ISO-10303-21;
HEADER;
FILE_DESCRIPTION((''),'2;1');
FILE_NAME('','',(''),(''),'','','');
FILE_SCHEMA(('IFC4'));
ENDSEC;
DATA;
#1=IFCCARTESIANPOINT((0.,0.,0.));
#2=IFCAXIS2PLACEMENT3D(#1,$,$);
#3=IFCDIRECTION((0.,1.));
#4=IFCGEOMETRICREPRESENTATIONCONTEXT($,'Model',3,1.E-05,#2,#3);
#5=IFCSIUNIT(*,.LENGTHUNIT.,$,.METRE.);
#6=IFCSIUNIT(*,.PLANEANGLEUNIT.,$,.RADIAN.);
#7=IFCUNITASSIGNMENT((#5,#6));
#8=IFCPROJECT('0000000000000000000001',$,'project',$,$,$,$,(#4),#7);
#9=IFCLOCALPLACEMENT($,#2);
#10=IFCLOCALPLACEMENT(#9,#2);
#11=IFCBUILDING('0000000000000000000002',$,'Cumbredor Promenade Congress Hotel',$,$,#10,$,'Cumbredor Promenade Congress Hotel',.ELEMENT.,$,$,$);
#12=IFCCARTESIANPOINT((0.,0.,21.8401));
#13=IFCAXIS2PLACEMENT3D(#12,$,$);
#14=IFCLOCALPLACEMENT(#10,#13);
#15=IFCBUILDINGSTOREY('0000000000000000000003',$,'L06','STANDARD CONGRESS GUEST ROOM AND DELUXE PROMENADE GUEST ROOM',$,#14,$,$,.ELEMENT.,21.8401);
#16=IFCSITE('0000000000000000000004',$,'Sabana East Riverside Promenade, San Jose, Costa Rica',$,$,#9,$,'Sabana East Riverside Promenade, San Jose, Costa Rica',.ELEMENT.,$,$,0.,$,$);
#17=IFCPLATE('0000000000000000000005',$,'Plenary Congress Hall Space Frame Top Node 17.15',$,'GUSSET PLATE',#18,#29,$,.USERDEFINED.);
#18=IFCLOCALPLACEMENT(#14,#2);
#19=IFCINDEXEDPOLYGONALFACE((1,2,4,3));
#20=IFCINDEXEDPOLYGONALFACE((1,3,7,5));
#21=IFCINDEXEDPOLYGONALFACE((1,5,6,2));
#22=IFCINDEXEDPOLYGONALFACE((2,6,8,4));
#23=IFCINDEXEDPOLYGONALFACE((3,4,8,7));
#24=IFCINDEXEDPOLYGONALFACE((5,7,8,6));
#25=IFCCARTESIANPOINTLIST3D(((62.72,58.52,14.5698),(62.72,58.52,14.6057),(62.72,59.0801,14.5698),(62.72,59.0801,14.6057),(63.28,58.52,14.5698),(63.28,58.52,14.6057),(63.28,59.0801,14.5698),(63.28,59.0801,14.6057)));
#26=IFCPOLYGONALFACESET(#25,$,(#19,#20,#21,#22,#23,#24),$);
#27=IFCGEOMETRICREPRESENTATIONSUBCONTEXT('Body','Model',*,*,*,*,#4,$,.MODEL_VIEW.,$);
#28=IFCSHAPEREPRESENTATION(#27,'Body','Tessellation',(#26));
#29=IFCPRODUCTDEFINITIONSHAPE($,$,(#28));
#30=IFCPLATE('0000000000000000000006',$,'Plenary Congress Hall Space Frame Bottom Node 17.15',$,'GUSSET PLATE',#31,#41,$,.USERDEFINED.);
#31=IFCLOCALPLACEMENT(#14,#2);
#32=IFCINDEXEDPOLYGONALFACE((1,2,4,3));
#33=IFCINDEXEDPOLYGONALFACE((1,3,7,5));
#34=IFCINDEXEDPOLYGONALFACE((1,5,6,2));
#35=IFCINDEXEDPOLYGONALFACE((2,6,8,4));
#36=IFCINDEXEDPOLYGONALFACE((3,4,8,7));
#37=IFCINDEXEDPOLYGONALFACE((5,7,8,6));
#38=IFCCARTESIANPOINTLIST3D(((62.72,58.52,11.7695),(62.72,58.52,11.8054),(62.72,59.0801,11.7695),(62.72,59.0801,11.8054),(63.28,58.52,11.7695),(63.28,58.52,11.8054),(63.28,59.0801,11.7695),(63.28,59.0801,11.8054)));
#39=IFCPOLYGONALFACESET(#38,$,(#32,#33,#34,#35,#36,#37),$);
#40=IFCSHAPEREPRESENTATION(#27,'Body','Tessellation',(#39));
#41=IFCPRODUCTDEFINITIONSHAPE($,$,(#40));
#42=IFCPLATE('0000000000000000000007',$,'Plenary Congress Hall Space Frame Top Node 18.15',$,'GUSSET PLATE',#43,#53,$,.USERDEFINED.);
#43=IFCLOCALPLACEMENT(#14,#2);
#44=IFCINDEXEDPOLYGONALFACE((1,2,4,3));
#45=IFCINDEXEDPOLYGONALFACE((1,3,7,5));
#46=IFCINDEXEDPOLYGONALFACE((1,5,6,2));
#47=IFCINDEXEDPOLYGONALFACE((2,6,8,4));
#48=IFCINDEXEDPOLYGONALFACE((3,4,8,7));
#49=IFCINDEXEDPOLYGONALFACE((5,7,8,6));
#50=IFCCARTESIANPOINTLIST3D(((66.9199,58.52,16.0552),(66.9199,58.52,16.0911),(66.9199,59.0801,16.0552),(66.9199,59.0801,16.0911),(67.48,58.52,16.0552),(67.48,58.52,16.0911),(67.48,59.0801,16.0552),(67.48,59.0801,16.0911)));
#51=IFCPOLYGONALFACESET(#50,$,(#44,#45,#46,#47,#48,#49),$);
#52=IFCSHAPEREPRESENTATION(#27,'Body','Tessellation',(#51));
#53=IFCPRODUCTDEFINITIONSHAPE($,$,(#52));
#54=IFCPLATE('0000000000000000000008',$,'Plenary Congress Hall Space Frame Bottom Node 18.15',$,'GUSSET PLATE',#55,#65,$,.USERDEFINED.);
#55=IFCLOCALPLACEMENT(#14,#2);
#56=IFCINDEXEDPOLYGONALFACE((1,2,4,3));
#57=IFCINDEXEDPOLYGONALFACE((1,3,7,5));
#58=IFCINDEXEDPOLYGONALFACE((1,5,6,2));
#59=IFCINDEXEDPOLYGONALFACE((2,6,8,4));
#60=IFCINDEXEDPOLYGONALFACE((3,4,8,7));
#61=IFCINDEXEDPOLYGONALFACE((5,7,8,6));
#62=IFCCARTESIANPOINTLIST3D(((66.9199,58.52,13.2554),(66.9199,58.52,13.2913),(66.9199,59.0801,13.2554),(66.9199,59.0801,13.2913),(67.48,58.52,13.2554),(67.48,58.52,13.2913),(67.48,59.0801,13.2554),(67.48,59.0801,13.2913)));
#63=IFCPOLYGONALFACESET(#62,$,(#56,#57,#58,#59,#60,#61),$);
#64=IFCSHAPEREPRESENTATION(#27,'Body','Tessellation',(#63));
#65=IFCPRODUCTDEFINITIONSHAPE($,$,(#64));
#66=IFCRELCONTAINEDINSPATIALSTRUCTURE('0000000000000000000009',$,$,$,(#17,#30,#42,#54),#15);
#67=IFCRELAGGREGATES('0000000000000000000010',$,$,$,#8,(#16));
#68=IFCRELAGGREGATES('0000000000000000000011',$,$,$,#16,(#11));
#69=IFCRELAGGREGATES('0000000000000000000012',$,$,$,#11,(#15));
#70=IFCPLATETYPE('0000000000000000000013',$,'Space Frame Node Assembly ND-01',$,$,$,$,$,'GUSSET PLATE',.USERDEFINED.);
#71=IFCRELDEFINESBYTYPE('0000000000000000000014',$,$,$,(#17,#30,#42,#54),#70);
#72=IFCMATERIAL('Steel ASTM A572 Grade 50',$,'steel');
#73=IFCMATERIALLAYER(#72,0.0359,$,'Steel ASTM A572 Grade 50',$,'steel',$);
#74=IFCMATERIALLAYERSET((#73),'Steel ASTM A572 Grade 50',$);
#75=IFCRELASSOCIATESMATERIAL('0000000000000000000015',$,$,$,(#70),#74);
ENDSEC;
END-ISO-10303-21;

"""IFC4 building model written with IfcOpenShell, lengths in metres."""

from ifc_helpers import new_model, si_unit, direction, frame, origin, origin_2d, place, context, subcontext, project, spatial, rectangle, extrude, material, layer, layer_set, type_object, element, save


model = new_model("IFC4")

# Units and contexts
model_context = context("Model", 3, precision=1e-05, world=origin(), true_north=direction((0.0, 1.0)))
body_context = subcontext(model_context, "Body", "Model", "MODEL_VIEW")
ifc_project = project(units=[si_unit("LENGTHUNIT", "METRE"), si_unit("PLANEANGLEUNIT", "RADIAN")], contexts=[model_context])

# Site, building, storey
site_placement = place(None, origin())
site = spatial("IfcSite", under=ifc_project, at=site_placement, Name="Sabana East Riverside Promenade, San Jose, Costa Rica", LongName="Sabana East Riverside Promenade, San Jose, Costa Rica", CompositionType="ELEMENT", RefElevation=0.0)
building_placement = place(site_placement, origin())
building = spatial("IfcBuilding", under=site, at=building_placement, Name="Cumbredor Promenade Congress Hotel", LongName="Cumbredor Promenade Congress Hotel", CompositionType="ELEMENT")
storey_placement = place(building_placement, frame((0.0, 0.0, 21.8401)))
storey = spatial("IfcBuildingStorey", under=building, at=storey_placement, Name="L06", Description="STANDARD CONGRESS GUEST ROOM AND DELUXE PROMENADE GUEST ROOM", CompositionType="ELEMENT", Elevation=21.8401)

# Plates
ifc_material_1 = material(Name="Steel ASTM A572 Grade 50", Category="steel")
ifc_layer = layer(ifc_material_1, 0.0359, Name="Steel ASTM A572 Grade 50", Category="steel")
ifc_layer_set = layer_set([ifc_layer], Name="Steel ASTM A572 Grade 50")
plate_type = type_object("IfcPlateType", Name="Space Frame Node Assembly ND-01", ElementType="GUSSET PLATE", PredefinedType="USERDEFINED", material=ifc_layer_set)
for number, where, z_axis, x_axis, name in (
    (1, (63.0, 58.8, 14.5698), (0.0, 0.0, 1.0), (1.0, 0.0, 0.0), "Plenary Congress Hall Space Frame Top Node 17.15"),
    (2, (63.0, 58.8, 11.7695), (0.0, 0.0, 1.0), (1.0, 0.0, 0.0), "Plenary Congress Hall Space Frame Bottom Node 17.15"),
    (3, (67.2, 58.8, 16.0552), (0.0, 0.0, 1.0), (1.0, 0.0, 0.0), "Plenary Congress Hall Space Frame Top Node 18.15"),
    (4, (67.2, 58.8, 13.2554), (0.0, 0.0, 1.0), (1.0, 0.0, 0.0), "Plenary Congress Hall Space Frame Bottom Node 18.15"),
):
    element("IfcPlate", number, at=place(storey_placement, frame(where, z_axis=z_axis, x_axis=x_axis)), inside=storey, type_object=plate_type, Name=name, ObjectType="GUSSET PLATE", PredefinedType="USERDEFINED", context=body_context, shape_type="SweptSolid", body=[
        extrude(rectangle(XDim=0.5601, YDim=0.5601, at=origin_2d()), origin(), (0.0, 0.0, 1.0), 0.0359),
    ])

save(model, "model.ifc")
